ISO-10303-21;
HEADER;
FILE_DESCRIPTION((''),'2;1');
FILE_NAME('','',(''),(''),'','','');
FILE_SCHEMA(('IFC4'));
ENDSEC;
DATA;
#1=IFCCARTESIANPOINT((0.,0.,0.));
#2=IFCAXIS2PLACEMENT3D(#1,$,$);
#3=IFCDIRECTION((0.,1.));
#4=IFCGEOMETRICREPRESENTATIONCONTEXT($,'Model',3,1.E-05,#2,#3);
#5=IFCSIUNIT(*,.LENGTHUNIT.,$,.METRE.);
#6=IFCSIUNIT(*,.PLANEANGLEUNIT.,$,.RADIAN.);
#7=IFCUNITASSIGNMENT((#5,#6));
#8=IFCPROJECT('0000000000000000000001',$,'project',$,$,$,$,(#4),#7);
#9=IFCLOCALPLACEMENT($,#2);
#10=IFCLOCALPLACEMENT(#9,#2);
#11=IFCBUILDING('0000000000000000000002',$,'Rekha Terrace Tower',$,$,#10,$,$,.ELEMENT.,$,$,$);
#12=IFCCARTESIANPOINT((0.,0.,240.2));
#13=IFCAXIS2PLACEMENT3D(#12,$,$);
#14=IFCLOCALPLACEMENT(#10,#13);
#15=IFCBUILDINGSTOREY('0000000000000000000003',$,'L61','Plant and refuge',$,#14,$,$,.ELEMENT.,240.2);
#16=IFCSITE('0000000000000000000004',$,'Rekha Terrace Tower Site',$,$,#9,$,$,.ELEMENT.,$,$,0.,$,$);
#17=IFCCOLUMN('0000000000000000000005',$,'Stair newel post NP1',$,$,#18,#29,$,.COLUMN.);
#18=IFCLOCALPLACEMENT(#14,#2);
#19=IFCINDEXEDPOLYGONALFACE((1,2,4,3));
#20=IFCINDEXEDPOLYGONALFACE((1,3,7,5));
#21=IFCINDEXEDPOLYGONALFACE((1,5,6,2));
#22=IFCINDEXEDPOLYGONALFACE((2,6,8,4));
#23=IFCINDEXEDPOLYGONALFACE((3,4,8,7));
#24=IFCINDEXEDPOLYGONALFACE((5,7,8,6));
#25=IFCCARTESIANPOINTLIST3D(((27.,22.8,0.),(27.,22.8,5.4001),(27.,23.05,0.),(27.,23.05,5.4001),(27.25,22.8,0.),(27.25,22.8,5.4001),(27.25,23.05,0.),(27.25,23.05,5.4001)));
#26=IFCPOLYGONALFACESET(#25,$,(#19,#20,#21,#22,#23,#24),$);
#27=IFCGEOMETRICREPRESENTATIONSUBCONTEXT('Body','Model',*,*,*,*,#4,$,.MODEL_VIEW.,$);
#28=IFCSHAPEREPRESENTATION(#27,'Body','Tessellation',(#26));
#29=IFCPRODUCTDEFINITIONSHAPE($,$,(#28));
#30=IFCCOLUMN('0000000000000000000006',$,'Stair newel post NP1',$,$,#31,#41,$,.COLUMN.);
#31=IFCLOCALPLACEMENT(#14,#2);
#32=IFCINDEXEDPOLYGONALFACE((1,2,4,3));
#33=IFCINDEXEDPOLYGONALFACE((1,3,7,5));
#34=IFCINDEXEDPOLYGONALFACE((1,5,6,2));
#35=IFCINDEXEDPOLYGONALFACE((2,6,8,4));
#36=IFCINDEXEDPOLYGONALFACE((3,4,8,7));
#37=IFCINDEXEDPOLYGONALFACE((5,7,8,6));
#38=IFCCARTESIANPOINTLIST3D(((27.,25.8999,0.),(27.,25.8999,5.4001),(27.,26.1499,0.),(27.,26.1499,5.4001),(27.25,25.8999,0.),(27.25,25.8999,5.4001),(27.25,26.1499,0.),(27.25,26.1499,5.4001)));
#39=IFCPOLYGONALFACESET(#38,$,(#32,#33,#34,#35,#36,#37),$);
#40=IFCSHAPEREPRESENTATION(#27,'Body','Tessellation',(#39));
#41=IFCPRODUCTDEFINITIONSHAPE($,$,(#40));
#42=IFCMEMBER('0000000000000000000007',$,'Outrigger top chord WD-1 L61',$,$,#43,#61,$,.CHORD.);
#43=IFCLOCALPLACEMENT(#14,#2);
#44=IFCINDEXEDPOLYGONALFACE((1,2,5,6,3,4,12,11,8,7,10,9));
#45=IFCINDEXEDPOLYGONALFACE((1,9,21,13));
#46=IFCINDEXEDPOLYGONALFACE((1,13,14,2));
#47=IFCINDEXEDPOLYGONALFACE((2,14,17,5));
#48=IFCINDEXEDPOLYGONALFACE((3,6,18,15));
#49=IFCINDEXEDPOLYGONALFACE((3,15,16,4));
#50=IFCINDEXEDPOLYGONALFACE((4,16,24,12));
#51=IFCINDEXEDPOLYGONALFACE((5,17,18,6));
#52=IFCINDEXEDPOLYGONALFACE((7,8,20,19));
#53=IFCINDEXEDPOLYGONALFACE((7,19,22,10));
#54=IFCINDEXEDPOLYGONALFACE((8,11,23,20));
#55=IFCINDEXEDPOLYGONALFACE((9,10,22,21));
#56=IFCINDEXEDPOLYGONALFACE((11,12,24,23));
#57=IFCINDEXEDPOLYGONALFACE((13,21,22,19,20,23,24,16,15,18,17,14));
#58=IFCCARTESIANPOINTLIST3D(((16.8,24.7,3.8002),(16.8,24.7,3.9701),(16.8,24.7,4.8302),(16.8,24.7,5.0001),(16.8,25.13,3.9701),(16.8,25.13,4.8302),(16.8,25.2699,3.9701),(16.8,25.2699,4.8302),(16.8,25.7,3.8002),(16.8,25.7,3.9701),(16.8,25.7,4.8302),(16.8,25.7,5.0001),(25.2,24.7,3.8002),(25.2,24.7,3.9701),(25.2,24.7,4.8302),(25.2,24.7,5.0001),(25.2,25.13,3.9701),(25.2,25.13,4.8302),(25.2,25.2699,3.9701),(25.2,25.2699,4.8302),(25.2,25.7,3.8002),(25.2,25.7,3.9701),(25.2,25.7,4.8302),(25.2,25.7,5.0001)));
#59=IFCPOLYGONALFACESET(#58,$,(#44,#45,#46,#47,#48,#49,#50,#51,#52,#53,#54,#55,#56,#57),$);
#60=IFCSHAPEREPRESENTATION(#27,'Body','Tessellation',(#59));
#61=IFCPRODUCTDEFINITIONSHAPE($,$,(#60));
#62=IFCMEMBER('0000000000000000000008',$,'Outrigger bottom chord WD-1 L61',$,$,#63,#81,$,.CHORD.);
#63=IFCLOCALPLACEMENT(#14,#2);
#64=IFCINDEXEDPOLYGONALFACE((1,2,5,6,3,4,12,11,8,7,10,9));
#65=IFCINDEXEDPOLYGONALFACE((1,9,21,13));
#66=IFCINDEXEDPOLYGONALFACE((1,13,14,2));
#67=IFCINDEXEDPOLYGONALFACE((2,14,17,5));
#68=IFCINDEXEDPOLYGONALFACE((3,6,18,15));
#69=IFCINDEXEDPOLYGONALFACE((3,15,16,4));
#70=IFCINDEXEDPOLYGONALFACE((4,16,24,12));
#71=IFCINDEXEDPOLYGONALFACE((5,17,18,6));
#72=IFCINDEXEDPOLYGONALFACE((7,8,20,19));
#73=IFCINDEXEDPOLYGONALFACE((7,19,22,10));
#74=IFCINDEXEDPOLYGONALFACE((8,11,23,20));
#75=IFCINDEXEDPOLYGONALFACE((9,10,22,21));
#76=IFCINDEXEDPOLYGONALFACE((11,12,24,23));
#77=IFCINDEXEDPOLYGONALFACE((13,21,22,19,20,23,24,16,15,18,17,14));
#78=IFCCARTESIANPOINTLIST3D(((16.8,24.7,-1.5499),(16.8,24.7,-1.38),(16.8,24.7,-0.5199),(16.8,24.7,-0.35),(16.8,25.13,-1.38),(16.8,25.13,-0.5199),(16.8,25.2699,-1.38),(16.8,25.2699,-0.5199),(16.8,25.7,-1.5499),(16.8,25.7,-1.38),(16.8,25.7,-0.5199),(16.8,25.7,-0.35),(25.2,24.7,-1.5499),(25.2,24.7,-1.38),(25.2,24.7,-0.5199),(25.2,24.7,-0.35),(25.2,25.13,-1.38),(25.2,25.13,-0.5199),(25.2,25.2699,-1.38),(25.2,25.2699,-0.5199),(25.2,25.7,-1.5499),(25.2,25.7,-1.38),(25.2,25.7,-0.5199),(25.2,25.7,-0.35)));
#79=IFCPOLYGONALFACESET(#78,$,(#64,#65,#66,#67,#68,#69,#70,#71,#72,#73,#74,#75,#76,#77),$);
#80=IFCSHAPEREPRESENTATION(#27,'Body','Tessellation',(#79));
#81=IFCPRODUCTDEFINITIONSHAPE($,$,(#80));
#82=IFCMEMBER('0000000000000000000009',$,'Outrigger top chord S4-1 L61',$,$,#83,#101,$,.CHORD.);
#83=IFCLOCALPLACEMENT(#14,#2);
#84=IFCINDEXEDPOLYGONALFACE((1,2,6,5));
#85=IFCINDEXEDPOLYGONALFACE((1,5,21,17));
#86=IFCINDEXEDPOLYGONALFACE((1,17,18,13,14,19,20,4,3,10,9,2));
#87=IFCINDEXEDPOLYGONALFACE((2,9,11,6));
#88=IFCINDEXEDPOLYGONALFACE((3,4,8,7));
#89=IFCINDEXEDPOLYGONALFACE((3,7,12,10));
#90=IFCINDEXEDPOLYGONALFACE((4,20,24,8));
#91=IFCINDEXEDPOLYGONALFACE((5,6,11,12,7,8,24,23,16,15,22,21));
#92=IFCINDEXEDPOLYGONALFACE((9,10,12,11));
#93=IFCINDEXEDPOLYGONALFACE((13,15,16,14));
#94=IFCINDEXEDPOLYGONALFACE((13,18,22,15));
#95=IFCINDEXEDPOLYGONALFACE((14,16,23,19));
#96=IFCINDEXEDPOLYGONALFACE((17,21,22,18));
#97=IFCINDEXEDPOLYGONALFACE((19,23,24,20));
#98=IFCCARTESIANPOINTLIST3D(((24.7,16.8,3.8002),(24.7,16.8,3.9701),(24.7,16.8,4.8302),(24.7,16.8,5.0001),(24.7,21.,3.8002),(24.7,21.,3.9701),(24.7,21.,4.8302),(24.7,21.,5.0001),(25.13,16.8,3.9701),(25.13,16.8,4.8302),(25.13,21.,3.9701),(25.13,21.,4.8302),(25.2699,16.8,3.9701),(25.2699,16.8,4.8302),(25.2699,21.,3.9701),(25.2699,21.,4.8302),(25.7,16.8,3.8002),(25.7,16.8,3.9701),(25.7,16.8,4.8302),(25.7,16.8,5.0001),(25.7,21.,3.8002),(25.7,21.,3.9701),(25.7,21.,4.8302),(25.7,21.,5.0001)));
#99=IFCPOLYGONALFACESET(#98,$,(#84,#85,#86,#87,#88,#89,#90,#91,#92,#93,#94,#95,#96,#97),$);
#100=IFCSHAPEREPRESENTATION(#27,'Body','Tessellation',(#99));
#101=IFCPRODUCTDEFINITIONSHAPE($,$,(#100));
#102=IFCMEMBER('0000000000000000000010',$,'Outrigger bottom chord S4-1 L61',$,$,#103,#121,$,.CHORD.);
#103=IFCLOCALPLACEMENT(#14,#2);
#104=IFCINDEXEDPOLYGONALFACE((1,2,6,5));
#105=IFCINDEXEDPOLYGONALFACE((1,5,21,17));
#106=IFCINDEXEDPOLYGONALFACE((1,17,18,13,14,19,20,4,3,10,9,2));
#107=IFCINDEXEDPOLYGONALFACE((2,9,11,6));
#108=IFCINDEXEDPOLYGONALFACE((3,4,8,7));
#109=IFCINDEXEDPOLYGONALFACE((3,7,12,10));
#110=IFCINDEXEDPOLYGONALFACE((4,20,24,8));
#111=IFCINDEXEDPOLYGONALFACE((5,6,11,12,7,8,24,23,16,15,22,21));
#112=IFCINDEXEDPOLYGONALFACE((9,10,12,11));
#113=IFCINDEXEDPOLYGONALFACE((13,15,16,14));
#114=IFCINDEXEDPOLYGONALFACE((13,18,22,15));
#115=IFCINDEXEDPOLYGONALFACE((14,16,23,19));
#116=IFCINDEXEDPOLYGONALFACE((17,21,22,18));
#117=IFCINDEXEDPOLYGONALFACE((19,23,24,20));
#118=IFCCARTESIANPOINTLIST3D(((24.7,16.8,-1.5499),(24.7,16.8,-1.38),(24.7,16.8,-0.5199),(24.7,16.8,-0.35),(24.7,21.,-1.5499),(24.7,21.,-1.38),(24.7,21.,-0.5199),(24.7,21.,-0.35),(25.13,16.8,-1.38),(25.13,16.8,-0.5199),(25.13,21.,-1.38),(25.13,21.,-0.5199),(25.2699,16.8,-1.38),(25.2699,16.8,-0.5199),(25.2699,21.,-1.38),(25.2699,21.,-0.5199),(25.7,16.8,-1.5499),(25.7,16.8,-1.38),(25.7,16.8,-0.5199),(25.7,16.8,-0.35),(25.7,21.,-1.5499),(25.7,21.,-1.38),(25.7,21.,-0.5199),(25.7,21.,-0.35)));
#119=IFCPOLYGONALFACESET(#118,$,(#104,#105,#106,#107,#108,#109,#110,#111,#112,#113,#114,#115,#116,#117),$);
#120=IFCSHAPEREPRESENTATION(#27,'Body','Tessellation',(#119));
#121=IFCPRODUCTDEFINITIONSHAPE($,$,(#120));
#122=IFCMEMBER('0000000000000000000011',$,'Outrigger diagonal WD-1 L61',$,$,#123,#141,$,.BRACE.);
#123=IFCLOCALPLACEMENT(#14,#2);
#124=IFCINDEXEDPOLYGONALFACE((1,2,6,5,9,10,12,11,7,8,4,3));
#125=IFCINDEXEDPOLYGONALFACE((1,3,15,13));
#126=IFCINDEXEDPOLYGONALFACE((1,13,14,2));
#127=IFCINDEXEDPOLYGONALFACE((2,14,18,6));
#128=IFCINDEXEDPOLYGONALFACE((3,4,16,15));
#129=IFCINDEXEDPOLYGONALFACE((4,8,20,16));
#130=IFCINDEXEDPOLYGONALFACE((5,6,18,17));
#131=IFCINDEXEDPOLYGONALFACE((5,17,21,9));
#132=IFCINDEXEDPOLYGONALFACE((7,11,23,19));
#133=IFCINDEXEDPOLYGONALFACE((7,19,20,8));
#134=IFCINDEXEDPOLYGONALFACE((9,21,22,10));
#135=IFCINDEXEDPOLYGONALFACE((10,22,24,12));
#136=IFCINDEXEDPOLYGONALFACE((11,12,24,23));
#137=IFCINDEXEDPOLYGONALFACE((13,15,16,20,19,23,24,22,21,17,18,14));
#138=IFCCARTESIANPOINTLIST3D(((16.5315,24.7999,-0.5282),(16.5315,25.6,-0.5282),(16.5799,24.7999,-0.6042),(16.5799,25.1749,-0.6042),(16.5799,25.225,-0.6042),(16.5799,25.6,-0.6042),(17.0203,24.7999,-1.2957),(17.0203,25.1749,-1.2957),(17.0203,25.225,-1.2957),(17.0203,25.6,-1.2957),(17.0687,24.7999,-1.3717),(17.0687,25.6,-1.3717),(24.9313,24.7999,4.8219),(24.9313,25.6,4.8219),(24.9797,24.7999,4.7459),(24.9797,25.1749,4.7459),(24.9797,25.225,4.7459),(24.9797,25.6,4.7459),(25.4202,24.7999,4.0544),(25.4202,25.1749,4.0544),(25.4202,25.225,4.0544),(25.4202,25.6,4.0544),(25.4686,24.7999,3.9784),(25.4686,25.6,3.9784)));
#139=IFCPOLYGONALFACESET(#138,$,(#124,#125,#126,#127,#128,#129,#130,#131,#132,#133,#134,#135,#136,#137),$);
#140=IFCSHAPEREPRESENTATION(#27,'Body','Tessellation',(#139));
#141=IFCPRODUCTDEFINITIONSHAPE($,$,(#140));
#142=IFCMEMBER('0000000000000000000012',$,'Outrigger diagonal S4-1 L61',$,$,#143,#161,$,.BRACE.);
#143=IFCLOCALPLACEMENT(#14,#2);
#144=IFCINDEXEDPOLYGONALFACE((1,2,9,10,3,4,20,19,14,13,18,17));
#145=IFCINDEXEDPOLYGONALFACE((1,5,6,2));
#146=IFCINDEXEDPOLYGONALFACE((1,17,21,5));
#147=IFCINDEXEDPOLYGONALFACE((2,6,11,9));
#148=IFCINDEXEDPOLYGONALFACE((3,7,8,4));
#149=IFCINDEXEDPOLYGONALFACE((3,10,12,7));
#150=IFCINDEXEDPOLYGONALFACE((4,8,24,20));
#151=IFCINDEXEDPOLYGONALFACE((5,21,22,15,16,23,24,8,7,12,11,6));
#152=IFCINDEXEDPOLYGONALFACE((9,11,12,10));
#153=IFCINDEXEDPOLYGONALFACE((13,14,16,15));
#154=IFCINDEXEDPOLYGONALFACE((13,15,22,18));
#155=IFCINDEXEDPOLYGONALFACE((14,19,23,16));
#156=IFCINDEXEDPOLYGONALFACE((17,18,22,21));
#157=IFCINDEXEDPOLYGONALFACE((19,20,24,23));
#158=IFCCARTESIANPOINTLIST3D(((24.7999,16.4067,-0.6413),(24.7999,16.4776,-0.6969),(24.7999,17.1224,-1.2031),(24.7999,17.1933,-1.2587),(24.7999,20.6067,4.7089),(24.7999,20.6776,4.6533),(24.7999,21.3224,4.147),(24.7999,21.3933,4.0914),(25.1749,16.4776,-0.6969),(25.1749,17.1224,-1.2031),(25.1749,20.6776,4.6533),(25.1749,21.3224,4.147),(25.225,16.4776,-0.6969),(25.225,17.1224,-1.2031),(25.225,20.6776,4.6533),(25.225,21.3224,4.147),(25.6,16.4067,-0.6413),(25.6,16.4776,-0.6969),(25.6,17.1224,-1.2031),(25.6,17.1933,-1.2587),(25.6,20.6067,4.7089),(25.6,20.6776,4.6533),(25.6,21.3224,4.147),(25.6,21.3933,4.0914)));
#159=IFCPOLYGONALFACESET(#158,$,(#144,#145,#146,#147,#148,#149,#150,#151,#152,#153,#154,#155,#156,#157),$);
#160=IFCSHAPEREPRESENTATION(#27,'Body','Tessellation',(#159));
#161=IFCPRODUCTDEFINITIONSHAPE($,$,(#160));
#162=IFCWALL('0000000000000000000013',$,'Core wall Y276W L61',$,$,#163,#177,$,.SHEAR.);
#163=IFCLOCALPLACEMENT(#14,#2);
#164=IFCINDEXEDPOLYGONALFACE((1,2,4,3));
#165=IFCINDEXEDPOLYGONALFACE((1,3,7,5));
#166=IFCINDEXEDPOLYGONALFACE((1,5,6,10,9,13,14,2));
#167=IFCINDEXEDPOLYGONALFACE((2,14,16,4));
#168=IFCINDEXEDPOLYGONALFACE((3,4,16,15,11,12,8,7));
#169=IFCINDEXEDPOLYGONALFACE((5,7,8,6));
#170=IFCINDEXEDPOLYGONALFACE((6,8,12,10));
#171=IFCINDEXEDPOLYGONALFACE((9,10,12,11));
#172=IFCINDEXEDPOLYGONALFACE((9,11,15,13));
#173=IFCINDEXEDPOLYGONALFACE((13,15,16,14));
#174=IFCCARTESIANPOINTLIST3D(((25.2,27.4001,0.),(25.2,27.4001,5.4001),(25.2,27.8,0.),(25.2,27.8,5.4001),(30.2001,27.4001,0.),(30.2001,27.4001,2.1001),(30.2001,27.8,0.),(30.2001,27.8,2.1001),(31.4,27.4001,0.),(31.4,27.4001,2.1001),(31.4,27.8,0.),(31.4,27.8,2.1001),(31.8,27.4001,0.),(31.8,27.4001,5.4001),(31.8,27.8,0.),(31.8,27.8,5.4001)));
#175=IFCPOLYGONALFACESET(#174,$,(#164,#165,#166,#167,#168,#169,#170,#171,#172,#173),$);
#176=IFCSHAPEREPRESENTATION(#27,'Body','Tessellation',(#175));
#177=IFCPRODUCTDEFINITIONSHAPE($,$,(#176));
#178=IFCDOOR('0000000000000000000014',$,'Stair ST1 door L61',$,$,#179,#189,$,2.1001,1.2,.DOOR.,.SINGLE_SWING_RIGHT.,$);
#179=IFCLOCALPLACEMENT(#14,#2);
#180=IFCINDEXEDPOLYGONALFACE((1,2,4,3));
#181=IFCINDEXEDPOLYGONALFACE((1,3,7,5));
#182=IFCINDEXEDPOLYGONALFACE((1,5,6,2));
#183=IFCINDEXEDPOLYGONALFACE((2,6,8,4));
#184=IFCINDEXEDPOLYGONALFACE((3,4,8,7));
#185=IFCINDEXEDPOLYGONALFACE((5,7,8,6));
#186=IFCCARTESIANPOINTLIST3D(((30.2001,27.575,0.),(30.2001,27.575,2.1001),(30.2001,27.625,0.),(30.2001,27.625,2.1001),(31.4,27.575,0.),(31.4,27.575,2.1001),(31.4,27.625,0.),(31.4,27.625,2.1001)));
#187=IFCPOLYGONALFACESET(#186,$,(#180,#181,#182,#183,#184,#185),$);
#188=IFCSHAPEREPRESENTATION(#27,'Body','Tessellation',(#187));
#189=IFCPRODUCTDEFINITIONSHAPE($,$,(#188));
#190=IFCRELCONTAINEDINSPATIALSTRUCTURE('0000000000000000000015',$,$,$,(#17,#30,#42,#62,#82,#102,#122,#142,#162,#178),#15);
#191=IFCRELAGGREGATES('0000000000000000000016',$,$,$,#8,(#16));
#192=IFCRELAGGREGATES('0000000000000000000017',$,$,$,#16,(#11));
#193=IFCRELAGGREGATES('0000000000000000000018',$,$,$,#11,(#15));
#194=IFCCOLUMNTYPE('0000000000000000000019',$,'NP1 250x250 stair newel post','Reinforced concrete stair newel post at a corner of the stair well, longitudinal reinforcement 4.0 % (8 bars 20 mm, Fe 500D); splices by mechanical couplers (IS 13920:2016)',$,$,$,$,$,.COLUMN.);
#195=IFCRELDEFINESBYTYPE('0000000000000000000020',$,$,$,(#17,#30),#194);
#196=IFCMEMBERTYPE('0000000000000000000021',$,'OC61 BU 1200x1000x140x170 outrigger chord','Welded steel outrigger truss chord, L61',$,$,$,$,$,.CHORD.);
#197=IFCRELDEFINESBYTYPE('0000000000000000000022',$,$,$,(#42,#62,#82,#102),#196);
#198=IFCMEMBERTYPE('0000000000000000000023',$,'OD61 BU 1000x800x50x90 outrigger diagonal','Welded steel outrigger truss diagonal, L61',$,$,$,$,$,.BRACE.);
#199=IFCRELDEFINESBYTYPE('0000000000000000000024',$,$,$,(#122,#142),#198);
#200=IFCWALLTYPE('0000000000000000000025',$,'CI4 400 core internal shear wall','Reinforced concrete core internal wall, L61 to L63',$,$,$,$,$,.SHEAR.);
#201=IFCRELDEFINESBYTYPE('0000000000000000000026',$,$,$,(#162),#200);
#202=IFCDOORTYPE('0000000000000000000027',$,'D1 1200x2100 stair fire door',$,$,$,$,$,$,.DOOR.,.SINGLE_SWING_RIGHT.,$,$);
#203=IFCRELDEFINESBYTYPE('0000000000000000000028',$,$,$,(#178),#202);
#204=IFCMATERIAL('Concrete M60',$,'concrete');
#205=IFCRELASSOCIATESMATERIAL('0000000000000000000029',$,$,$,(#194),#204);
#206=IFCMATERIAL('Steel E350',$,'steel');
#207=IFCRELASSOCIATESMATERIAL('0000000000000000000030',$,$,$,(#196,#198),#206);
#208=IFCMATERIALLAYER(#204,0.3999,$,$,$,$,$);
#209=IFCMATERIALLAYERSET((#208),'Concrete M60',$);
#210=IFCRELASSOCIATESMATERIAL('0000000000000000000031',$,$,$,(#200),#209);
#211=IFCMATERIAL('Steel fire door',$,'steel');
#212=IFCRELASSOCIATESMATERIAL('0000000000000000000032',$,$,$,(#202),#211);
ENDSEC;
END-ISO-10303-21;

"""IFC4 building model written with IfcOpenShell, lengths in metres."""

from ifc_helpers import new_model, si_unit, direction, frame, frame_2d, origin, origin_2d, place, context, subcontext, project, spatial, rectangle, i_section, extrude, material, layer, layer_set, material_profile, profile_set, type_object, element, fill, save


model = new_model("IFC4")

# Units and contexts
model_context = context("Model", 3, precision=1e-05, world=origin(), true_north=direction((0.0, 1.0)))
body_context = subcontext(model_context, "Body", "Model", "MODEL_VIEW")
ifc_project = project(units=[si_unit("LENGTHUNIT", "METRE"), si_unit("PLANEANGLEUNIT", "RADIAN")], contexts=[model_context])

# Site, building, storey
site_placement = place(None, origin())
site = spatial("IfcSite", under=ifc_project, at=site_placement, Name="Rekha Terrace Tower Site", CompositionType="ELEMENT", RefElevation=0.0)
building_placement = place(site_placement, origin())
building = spatial("IfcBuilding", under=site, at=building_placement, Name="Rekha Terrace Tower", CompositionType="ELEMENT")
storey_placement = place(building_placement, frame((0.0, 0.0, 240.2)))
storey = spatial("IfcBuildingStorey", under=building, at=storey_placement, Name="L61", Description="Plant and refuge", CompositionType="ELEMENT", Elevation=240.2)

# Columns
ifc_material_1 = material(Name="Concrete M60", Category="concrete")
ifc_material_profile_1 = material_profile(ifc_material_1, rectangle(XDim=0.25, YDim=0.25, at=origin_2d()), Name="RC 250x250")
ifc_profile_set_1 = profile_set([ifc_material_profile_1], Name="Concrete M60")
column_type = type_object("IfcColumnType", Name="NP1 250x250 stair newel post", Description="Reinforced concrete stair newel post at a corner of the stair well, longitudinal reinforcement 4.0 % (8 bars 20 mm, Fe 500D); splices by mechanical couplers (IS 13920:2016)", PredefinedType="COLUMN", material=ifc_profile_set_1)
for number, where, z_axis, x_axis, name in (
    (1, (27.125, 22.925, 0.0), (0.0, 0.0, 1.0), (1.0, 0.0, 0.0), "Stair newel post NP1"),
    (2, (27.125, 26.0249, 0.0), (0.0, 0.0, 1.0), (1.0, 0.0, 0.0), "Stair newel post NP1"),
):
    element("IfcColumn", number, at=place(storey_placement, frame(where, z_axis=z_axis, x_axis=x_axis)), inside=storey, type_object=column_type, Name=name, PredefinedType="COLUMN", context=body_context, shape_type="SweptSolid", body=[
        extrude(rectangle(XDim=0.25, YDim=0.25, at=origin_2d()), origin(), (0.0, 0.0, 1.0), 5.4001),
    ])

# Members
ifc_material_2 = material(Name="Steel E350", Category="steel")
ifc_material_profile_2 = material_profile(ifc_material_2, i_section(OverallWidth=1.0, OverallDepth=1.2, WebThickness=0.1399, FlangeThickness=0.1699, at=origin_2d()), Name="BU 1200x1000x140x170")
ifc_profile_set_2 = profile_set([ifc_material_profile_2], Name="Steel E350")
member_type_1 = type_object("IfcMemberType", Name="OC61 BU 1200x1000x140x170 outrigger chord", Description="Welded steel outrigger truss chord, L61", PredefinedType="CHORD", material=ifc_profile_set_2)
for number, where, z_axis, x_axis, name in (
    (3, (25.2, 25.2, 4.4001), (-1.0, 0.0, 0.0), (0.0, -1.0, 0.0), "Outrigger top chord WD-1 L61"),
    (4, (25.2, 25.2, -0.95), (-1.0, 0.0, 0.0), (0.0, -1.0, 0.0), "Outrigger bottom chord WD-1 L61"),
):
    element("IfcMember", number, at=place(storey_placement, frame(where, z_axis=z_axis, x_axis=x_axis)), inside=storey, type_object=member_type_1, Name=name, PredefinedType="CHORD", context=body_context, shape_type="SweptSolid", body=[
        extrude(i_section(OverallWidth=1.0, OverallDepth=1.2, WebThickness=0.1399, FlangeThickness=0.1699, at=origin_2d()), origin(), (0.0, 0.0, 1.0), 8.3999),
    ])
for number, where, z_axis, x_axis, name in (
    (5, (25.2, 21.0, 4.4001), (0.0, -1.0, 0.0), (1.0, 0.0, 0.0), "Outrigger top chord S4-1 L61"),
    (6, (25.2, 21.0, -0.95), (0.0, -1.0, 0.0), (1.0, 0.0, 0.0), "Outrigger bottom chord S4-1 L61"),
):
    element("IfcMember", number, at=place(storey_placement, frame(where, z_axis=z_axis, x_axis=x_axis)), inside=storey, type_object=member_type_1, Name=name, PredefinedType="CHORD", context=body_context, shape_type="SweptSolid", body=[
        extrude(i_section(OverallWidth=1.0, OverallDepth=1.2, WebThickness=0.1399, FlangeThickness=0.1699, at=origin_2d()), origin(), (0.0, 0.0, 1.0), 4.2),
    ])
ifc_material_profile_3 = material_profile(ifc_material_2, i_section(OverallWidth=0.8, OverallDepth=1.0, WebThickness=0.05, FlangeThickness=0.0901, at=origin_2d()), Name="BU 1000x800x50x90")
ifc_profile_set_3 = profile_set([ifc_material_profile_3], Name="Steel E350")
member_type_2 = type_object("IfcMemberType", Name="OD61 BU 1000x800x50x90 outrigger diagonal", Description="Welded steel outrigger truss diagonal, L61", PredefinedType="BRACE", material=ifc_profile_set_3)
member_1_placement = place(storey_placement, frame((25.2, 25.2, 4.4001), z_axis=(-0.843447, 0.0, -0.537212), x_axis=(0.0, -1.0, 0.0)))
element("IfcMember", 7, at=member_1_placement, inside=storey, type_object=member_type_2, Name="Outrigger diagonal WD-1 L61", PredefinedType="BRACE", context=body_context, shape_type="SweptSolid", body=[
    extrude(i_section(OverallWidth=0.8, OverallDepth=1.0, WebThickness=0.05, FlangeThickness=0.0901, at=origin_2d()), origin(), (0.0, 0.0, 1.0), 9.959),
])
member_2_placement = place(storey_placement, frame((25.2, 21.0, 4.4001), z_axis=(0.0, -0.617485, -0.786582), x_axis=(1.0, 0.0, 0.0)))
element("IfcMember", 8, at=member_2_placement, inside=storey, type_object=member_type_2, Name="Outrigger diagonal S4-1 L61", PredefinedType="BRACE", context=body_context, shape_type="SweptSolid", body=[
    extrude(i_section(OverallWidth=0.8, OverallDepth=1.0, WebThickness=0.05, FlangeThickness=0.0901, at=origin_2d()), origin(), (0.0, 0.0, 1.0), 6.8018),
])

# Wall, opening, door
ifc_layer = layer(ifc_material_1, 0.3999)
ifc_layer_set = layer_set([ifc_layer], Name="Concrete M60")
wall_type = type_object("IfcWallType", Name="CI4 400 core internal shear wall", Description="Reinforced concrete core internal wall, L61 to L63", PredefinedType="SHEAR", material=ifc_layer_set)
wall_1_placement = place(storey_placement, frame((25.2, 27.6001, 0.0), z_axis=(0.0, 0.0, 1.0), x_axis=(1.0, 0.0, 0.0)))
wall_1 = element("IfcWall", 9, at=wall_1_placement, inside=storey, type_object=wall_type, Name="Core wall Y276W L61", PredefinedType="SHEAR", context=body_context, shape_type="SweptSolid", body=[
    extrude(rectangle(XDim=6.6001, YDim=0.3999, at=frame_2d((3.3, 0.0))), origin(), (0.0, 0.0, 1.0), 5.4001),
])
opening_1_placement = place(wall_1_placement, frame((5.0, 0.0, 0.0)))
opening_1 = element("IfcOpeningElement", 10, at=opening_1_placement, cuts=wall_1, PredefinedType="OPENING", context=body_context, shape_type="SweptSolid", body=[
    extrude(rectangle(XDim=1.2, YDim=2.1001, at=frame_2d((0.6001, 1.05))), frame((0.0, 0.21, 0.0), z_axis=(0.0, -1.0, 0.0), x_axis=(1.0, 0.0, 0.0)), (0.0, 0.0, 1.0), 0.4199),
])
ifc_material_3 = material(Name="Steel fire door", Category="steel")
door_type_1 = type_object("IfcDoorType", Name="D1 1200x2100 stair fire door", OperationType="SINGLE_SWING_RIGHT", PredefinedType="DOOR", material=ifc_material_3)
door_1_placement = place(opening_1_placement, origin())
door_1 = element("IfcDoor", 11, at=door_1_placement, inside=storey, type_object=door_type_1, Name="Stair ST1 door L61", OperationType="SINGLE_SWING_RIGHT", OverallHeight=2.1001, OverallWidth=1.2, PredefinedType="DOOR", context=body_context, shape_type="SweptSolid", body=[
    extrude(rectangle(XDim=1.2, YDim=2.1001, at=frame_2d((0.6001, 1.05))), frame((0.0, 0.0249, 0.0), z_axis=(0.0, -1.0, 0.0), x_axis=(1.0, 0.0, 0.0)), (0.0, 0.0, 1.0), 0.05),
])
fill(opening_1, door_1)

save(model, "model.ifc")
